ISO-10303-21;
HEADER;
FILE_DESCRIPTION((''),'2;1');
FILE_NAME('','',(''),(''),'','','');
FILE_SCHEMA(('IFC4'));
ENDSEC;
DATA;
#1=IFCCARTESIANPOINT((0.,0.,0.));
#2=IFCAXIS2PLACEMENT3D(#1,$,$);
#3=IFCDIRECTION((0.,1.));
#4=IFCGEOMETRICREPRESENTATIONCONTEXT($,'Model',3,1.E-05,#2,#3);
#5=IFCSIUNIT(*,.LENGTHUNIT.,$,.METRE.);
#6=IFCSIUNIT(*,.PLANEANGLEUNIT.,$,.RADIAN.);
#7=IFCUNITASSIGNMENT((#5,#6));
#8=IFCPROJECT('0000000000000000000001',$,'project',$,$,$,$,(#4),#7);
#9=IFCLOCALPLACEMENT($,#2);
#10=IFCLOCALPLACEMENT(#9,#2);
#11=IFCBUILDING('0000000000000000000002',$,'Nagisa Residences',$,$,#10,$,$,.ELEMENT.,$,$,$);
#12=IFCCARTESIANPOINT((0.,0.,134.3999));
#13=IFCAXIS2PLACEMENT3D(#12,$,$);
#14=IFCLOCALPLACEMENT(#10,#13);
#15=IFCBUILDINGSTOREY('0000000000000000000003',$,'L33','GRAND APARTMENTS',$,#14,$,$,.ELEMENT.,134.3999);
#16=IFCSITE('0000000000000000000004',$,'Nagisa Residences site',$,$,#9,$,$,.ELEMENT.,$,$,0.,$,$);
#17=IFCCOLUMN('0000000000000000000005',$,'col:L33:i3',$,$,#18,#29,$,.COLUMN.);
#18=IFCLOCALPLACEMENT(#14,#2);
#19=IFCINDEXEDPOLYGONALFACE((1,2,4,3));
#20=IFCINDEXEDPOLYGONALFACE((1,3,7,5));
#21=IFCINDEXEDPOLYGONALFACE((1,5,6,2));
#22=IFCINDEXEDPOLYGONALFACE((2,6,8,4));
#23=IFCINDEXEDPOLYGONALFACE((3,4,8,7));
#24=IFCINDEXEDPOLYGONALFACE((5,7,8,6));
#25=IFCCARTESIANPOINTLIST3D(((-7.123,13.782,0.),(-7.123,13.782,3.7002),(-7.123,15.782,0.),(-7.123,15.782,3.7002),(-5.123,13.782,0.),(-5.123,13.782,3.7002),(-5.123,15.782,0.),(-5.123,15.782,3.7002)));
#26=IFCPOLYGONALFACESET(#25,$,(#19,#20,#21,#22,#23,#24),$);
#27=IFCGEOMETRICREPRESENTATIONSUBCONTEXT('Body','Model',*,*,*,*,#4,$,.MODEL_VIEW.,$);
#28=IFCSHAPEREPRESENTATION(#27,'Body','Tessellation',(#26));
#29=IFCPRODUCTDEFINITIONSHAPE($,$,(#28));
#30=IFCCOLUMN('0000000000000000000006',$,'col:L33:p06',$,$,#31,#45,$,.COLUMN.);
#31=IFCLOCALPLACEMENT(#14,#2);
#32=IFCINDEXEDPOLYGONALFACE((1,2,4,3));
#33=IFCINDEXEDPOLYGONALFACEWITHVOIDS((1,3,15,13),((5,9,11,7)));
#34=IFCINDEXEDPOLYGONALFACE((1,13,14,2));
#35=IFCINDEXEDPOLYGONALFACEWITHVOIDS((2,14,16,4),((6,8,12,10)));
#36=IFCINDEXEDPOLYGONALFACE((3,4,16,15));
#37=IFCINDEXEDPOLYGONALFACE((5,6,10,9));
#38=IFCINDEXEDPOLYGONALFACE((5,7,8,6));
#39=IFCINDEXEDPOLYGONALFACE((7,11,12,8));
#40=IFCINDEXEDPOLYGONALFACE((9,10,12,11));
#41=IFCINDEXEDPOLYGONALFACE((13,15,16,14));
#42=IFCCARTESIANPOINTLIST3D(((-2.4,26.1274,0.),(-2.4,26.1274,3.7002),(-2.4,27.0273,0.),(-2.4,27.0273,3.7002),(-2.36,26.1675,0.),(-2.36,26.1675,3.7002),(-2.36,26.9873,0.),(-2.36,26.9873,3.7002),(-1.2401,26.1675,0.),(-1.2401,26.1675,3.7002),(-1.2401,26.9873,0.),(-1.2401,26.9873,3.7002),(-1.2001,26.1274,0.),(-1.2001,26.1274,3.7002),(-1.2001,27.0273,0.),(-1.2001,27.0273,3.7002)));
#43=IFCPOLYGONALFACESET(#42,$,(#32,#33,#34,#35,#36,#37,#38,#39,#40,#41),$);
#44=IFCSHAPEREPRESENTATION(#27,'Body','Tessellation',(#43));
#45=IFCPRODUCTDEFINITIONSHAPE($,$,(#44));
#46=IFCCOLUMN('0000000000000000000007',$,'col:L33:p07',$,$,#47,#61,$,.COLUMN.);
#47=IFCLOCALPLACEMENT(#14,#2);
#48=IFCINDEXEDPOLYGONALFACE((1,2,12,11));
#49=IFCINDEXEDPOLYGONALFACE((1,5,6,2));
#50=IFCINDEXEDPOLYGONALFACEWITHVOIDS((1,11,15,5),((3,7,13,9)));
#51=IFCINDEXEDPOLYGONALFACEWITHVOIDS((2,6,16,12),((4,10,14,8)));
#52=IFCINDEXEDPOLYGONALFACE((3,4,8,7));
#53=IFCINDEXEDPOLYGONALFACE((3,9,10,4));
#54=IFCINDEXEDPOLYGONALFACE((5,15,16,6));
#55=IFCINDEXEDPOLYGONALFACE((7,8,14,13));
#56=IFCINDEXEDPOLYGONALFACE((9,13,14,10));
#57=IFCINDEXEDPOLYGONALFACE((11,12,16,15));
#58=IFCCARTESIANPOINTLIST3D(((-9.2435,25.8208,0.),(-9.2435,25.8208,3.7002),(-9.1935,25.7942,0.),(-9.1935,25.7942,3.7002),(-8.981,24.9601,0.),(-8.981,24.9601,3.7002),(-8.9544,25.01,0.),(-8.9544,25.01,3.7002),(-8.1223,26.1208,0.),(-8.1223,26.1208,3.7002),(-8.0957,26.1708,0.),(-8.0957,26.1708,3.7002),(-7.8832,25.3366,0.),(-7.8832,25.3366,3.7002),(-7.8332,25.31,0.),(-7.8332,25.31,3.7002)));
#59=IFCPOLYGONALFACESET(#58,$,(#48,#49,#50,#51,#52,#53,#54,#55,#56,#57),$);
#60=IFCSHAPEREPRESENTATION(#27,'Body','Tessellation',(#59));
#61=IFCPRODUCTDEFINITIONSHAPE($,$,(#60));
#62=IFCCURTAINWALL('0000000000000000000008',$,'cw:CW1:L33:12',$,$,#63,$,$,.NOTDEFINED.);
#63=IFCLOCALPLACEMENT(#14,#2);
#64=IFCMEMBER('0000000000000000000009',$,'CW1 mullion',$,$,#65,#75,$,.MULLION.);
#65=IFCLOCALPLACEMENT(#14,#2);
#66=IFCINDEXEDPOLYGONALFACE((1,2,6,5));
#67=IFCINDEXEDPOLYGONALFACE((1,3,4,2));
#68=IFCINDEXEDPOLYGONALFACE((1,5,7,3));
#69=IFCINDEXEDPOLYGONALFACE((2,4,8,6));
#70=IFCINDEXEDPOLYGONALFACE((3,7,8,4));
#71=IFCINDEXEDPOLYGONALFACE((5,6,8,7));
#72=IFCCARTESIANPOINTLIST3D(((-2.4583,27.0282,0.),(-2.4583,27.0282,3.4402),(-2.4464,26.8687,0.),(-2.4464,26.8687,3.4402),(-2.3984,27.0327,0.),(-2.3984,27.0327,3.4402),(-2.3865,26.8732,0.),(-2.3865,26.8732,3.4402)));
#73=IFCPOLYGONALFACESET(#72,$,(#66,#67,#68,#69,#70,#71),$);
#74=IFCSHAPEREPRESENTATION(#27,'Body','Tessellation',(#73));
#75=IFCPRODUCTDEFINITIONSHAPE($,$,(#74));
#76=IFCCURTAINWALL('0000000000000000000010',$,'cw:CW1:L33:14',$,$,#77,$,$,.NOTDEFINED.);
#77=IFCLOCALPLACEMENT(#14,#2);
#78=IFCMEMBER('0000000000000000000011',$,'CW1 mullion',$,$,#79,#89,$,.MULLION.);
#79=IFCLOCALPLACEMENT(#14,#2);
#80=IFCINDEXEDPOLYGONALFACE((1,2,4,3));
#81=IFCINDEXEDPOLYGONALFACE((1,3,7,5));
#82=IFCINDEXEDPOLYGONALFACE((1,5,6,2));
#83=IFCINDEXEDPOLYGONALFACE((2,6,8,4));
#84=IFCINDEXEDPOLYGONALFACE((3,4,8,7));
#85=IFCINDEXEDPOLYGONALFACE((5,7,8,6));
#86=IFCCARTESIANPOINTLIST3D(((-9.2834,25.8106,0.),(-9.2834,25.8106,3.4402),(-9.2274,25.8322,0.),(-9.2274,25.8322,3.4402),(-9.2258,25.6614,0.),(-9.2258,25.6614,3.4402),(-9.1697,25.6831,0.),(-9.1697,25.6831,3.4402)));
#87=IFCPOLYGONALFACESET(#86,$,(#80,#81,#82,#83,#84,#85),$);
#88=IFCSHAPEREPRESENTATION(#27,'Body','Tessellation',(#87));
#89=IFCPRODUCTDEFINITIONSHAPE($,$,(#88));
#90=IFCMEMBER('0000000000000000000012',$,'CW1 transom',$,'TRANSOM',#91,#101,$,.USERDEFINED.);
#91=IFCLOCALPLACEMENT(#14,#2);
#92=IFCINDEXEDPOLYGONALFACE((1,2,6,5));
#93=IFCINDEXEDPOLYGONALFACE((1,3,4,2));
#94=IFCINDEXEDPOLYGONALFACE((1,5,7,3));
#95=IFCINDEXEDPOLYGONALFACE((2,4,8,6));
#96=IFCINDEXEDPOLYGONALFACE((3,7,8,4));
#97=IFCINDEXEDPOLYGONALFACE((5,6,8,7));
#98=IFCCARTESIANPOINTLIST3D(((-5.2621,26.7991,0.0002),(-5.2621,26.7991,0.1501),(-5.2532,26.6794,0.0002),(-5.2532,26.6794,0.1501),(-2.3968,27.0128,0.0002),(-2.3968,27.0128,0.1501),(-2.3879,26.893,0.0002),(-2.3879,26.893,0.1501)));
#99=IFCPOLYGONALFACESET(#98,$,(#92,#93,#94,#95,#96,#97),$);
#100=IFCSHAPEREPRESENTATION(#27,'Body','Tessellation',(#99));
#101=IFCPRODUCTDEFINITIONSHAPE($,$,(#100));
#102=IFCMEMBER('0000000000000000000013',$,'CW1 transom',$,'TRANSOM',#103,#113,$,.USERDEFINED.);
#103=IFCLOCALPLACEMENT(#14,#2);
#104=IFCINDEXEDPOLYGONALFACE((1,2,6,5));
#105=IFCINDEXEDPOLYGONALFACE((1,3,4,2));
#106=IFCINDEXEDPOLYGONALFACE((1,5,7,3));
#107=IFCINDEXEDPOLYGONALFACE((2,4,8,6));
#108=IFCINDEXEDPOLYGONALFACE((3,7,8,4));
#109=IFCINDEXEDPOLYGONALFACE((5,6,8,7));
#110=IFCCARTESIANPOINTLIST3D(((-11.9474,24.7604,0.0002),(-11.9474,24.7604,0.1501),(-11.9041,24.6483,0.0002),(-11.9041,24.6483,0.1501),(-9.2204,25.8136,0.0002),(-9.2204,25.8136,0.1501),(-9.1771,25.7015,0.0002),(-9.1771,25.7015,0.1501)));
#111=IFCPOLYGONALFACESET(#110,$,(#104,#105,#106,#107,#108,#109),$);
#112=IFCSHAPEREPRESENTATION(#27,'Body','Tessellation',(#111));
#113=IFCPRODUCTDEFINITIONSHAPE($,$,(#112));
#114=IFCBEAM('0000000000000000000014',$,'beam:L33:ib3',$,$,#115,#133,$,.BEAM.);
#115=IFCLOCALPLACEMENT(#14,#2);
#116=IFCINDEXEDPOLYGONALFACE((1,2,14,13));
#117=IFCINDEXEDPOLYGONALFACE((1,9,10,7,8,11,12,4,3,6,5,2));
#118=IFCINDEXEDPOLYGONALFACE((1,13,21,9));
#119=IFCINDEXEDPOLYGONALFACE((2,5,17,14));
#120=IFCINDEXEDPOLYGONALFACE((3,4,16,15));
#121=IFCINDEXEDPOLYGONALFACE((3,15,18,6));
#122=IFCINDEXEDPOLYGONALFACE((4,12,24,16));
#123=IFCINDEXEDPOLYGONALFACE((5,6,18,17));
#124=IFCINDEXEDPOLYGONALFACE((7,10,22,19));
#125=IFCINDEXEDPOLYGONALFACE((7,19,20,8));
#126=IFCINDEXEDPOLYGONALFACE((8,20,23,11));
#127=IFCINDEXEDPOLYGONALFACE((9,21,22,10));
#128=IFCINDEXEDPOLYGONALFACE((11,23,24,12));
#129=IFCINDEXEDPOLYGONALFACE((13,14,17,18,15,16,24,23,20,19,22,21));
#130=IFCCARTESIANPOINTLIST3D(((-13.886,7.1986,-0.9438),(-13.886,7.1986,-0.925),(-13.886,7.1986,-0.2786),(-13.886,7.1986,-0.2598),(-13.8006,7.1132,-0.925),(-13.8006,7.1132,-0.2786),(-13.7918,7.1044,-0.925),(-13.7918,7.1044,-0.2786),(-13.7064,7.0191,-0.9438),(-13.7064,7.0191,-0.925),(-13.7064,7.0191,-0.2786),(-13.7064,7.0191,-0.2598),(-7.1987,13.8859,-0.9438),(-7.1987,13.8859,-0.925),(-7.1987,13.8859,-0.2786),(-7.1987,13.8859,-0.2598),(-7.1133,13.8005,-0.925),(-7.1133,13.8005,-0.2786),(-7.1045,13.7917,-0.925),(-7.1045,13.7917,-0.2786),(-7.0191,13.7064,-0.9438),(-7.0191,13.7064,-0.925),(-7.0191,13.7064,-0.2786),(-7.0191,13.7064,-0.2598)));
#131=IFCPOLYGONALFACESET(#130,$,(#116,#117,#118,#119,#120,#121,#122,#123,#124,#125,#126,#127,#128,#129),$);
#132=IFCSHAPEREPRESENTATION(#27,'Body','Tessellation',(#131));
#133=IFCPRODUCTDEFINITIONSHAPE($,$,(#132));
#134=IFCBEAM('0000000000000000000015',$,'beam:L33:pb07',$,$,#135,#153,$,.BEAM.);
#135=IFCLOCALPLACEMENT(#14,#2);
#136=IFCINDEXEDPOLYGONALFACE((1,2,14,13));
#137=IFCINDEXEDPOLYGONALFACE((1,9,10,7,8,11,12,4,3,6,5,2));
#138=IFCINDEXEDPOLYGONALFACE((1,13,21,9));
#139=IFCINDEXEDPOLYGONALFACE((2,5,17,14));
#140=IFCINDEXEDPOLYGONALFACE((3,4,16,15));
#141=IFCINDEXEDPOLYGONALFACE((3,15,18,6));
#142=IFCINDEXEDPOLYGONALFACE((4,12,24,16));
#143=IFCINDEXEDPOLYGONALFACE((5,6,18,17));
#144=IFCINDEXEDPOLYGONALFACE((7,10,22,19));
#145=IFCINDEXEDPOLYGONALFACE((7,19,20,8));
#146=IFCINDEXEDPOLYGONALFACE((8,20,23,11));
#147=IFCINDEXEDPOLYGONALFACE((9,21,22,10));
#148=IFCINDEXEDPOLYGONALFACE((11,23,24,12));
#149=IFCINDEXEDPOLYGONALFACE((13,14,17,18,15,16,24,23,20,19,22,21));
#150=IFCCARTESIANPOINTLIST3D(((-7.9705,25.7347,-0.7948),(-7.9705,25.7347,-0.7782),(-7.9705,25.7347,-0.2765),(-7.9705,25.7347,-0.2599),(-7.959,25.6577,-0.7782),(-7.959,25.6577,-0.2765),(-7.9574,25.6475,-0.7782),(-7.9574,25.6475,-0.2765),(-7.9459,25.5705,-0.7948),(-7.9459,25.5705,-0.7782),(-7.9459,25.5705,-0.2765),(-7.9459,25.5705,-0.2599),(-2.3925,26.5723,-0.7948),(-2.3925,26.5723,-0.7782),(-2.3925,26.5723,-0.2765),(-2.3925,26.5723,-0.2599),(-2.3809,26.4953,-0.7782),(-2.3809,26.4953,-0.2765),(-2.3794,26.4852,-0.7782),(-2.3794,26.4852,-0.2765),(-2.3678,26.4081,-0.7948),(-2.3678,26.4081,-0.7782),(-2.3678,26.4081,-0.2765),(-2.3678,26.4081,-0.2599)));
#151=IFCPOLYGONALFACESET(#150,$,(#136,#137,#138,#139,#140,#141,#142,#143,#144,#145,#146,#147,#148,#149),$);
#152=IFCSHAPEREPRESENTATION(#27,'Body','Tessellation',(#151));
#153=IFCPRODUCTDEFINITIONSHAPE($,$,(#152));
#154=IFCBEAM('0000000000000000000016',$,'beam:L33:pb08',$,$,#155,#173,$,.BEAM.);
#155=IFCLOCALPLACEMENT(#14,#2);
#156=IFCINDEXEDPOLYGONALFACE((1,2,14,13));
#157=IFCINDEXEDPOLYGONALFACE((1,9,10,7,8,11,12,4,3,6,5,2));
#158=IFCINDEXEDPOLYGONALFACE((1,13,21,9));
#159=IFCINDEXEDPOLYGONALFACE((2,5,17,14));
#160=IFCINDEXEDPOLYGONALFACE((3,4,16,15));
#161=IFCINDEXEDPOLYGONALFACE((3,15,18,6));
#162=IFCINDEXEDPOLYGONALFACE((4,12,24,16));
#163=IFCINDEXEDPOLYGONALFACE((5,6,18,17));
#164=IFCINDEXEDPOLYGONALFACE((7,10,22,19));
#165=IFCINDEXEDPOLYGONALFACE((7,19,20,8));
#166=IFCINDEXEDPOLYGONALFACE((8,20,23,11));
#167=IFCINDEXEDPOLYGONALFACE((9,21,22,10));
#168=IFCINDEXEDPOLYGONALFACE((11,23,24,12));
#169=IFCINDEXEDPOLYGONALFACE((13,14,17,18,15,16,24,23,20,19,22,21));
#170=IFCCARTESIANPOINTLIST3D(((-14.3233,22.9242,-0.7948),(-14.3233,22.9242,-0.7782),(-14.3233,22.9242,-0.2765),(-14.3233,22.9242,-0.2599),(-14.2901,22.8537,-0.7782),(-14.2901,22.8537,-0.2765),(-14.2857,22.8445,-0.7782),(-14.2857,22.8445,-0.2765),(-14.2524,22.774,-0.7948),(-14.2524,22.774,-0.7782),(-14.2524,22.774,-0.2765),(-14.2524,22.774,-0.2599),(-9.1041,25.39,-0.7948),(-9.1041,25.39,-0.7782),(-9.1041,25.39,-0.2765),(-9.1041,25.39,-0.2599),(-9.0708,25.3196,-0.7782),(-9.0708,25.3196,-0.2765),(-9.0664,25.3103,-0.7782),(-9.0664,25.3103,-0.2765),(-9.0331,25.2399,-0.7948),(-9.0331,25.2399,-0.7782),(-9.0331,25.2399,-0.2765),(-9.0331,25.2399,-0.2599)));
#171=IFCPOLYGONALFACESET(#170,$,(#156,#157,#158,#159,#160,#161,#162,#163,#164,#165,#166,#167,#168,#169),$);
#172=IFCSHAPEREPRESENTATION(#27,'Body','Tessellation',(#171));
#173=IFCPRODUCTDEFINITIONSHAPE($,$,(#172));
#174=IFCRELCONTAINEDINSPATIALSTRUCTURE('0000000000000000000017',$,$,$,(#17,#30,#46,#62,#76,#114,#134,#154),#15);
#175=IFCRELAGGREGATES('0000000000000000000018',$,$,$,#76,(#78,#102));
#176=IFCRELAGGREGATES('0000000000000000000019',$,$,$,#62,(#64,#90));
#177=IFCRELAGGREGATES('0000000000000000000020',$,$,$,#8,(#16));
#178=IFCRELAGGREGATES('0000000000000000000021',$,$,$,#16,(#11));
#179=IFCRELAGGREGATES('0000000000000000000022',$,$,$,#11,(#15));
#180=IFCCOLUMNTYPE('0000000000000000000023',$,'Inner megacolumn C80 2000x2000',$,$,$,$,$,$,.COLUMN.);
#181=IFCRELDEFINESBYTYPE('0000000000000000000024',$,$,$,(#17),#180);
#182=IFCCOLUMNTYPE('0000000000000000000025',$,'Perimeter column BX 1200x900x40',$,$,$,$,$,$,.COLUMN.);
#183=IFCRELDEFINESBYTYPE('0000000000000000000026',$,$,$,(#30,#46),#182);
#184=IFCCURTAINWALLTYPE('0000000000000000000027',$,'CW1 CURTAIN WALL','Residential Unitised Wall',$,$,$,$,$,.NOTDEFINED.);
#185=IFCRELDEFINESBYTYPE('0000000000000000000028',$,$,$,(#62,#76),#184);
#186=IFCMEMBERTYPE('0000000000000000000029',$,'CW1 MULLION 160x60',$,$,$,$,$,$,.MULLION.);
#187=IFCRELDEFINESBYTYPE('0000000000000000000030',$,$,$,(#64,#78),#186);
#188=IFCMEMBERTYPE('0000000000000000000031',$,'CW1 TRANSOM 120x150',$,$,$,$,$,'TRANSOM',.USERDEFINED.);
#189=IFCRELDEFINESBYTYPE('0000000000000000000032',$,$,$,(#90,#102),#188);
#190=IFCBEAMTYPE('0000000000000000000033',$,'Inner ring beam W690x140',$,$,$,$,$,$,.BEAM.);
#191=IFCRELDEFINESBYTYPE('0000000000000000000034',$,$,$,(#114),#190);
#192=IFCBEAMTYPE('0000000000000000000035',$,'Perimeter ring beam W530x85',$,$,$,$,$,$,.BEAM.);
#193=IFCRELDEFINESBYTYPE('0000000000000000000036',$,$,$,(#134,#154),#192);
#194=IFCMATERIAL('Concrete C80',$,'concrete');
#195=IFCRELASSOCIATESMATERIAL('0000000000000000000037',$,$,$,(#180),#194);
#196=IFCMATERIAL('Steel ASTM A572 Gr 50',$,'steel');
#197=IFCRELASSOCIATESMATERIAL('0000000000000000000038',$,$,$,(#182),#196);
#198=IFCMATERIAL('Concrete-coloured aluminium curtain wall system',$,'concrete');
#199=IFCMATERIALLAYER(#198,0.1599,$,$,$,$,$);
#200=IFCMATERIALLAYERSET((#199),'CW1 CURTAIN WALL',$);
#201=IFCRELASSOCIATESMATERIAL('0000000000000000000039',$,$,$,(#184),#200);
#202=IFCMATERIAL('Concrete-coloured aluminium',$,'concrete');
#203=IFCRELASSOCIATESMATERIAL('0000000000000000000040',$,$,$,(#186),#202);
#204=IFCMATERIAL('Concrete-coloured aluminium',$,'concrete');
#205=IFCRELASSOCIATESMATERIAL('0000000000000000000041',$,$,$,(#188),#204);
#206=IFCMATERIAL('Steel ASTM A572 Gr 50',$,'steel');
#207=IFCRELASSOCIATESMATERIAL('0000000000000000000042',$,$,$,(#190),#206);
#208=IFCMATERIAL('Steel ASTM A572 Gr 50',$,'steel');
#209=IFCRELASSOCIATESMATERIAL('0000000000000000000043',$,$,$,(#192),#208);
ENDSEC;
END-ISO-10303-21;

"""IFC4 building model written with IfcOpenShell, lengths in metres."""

from ifc_helpers import new_model, si_unit, direction, frame, origin, origin_2d, place, context, subcontext, project, spatial, rectangle, hollow_rectangle, i_section, extrude, material, layer, layer_set, material_profile, profile_set, type_object, element, aggregate, save


model = new_model("IFC4")

# Units and contexts
model_context = context("Model", 3, precision=1e-05, world=origin(), true_north=direction((0.0, 1.0)))
body_context = subcontext(model_context, "Body", "Model", "MODEL_VIEW")
ifc_project = project(units=[si_unit("LENGTHUNIT", "METRE"), si_unit("PLANEANGLEUNIT", "RADIAN")], contexts=[model_context])

# Site, building, storey
site_placement = place(None, origin())
site = spatial("IfcSite", under=ifc_project, at=site_placement, Name="Nagisa Residences site", CompositionType="ELEMENT", RefElevation=0.0)
building_placement = place(site_placement, origin())
building = spatial("IfcBuilding", under=site, at=building_placement, Name="Nagisa Residences", CompositionType="ELEMENT")
storey_placement = place(building_placement, frame((0.0, 0.0, 134.3999)))
storey = spatial("IfcBuildingStorey", under=building, at=storey_placement, Name="L33", Description="GRAND APARTMENTS", CompositionType="ELEMENT", Elevation=134.3999)

# Columns
ifc_material_1 = material(Name="Concrete C80", Category="concrete")
ifc_material_profile_1 = material_profile(ifc_material_1, rectangle(XDim=2.0, YDim=2.0, at=origin_2d()), Name="C80 2000x2000")
ifc_profile_set_1 = profile_set([ifc_material_profile_1], Name="Concrete C80")
column_type_1 = type_object("IfcColumnType", Name="Inner megacolumn C80 2000x2000", PredefinedType="COLUMN", material=ifc_profile_set_1)
column_placement = place(storey_placement, frame((-6.123, 14.782, 0.0), z_axis=(0.0, 0.0, 1.0), x_axis=(1.0, 0.0, 0.0)))
element("IfcColumn", 1, at=column_placement, inside=storey, type_object=column_type_1, Name="col:L33:i3", PredefinedType="COLUMN", context=body_context, shape_type="SweptSolid", body=[
    extrude(rectangle(XDim=2.0, YDim=2.0, at=origin_2d()), origin(), (0.0, 0.0, 1.0), 3.7002),
])
ifc_material_2 = material(Name="Steel ASTM A572 Gr 50", Category="steel")
ifc_material_profile_2 = material_profile(ifc_material_2, hollow_rectangle(XDim=1.2, YDim=0.8999, WallThickness=0.04, at=origin_2d()), Name="BX 1200x900x40")
ifc_profile_set_2 = profile_set([ifc_material_profile_2], Name="Steel ASTM A572 Gr 50")
column_type_2 = type_object("IfcColumnType", Name="Perimeter column BX 1200x900x40", PredefinedType="COLUMN", material=ifc_profile_set_2)
for number, where, z_axis, x_axis, name in (
    (2, (-1.8, 26.5774, 0.0), (0.0, 0.0, 1.0), (-1.0, 0.0, 0.0), "col:L33:p06"),
    (3, (-8.5383, 25.5654, 0.0), (0.0, 0.0, 1.0), (-0.956525, -0.291652, 0.0), "col:L33:p07"),
):
    element("IfcColumn", number, at=place(storey_placement, frame(where, z_axis=z_axis, x_axis=x_axis)), inside=storey, type_object=column_type_2, Name=name, PredefinedType="COLUMN", context=body_context, shape_type="SweptSolid", body=[
        extrude(hollow_rectangle(XDim=1.2, YDim=0.8999, WallThickness=0.04, at=origin_2d()), origin(), (0.0, 0.0, 1.0), 3.7002),
    ])

# Curtain walls, members
ifc_material_3 = material(Name="Concrete-coloured aluminium curtain wall system", Category="concrete")
ifc_layer_1 = layer(ifc_material_3, 0.1599)
ifc_layer_set_1 = layer_set([ifc_layer_1], Name="CW1 CURTAIN WALL")
curtain_wall_type = type_object("IfcCurtainWallType", Name="CW1 CURTAIN WALL", Description="Residential Unitised Wall", PredefinedType="NOTDEFINED", material=ifc_layer_set_1)
curtain_wall_1_placement = place(storey_placement, origin())
curtain_wall_1 = element("IfcCurtainWall", 4, at=curtain_wall_1_placement, inside=storey, type_object=curtain_wall_type, Name="cw:CW1:L33:12", PredefinedType="NOTDEFINED")
ifc_material_4 = material(Name="Concrete-coloured aluminium", Category="concrete")
ifc_material_profile_3 = material_profile(ifc_material_4, rectangle(XDim=0.1599, YDim=0.0601, at=origin_2d()), Name="CW1 MULLION 160x60")
ifc_profile_set_3 = profile_set([ifc_material_profile_3], Name="Concrete-coloured aluminium")
member_type_1 = type_object("IfcMemberType", Name="CW1 MULLION 160x60", PredefinedType="MULLION", material=ifc_profile_set_3)
member_1_placement = place(storey_placement, frame((-2.4224, 26.9507, 0.0), z_axis=(0.0, 0.0, 1.0), x_axis=(0.074377, -0.99723, 0.0)))
member_1 = element("IfcMember", 5, at=member_1_placement, type_object=member_type_1, Name="CW1 mullion", PredefinedType="MULLION", context=body_context, shape_type="SweptSolid", body=[
    extrude(rectangle(XDim=0.1599, YDim=0.0601, at=origin_2d()), origin(), (0.0, 0.0, 1.0), 3.4402),
])
curtain_wall_2_placement = place(storey_placement, origin())
curtain_wall_2 = element("IfcCurtainWall", 6, at=curtain_wall_2_placement, inside=storey, type_object=curtain_wall_type, Name="cw:CW1:L33:14", PredefinedType="NOTDEFINED")
member_2_placement = place(storey_placement, frame((-9.2266, 25.7468, 0.0), z_axis=(0.0, 0.0, 1.0), x_axis=(0.360328, -0.932826, 0.0)))
member_2 = element("IfcMember", 7, at=member_2_placement, type_object=member_type_1, Name="CW1 mullion", PredefinedType="MULLION", context=body_context, shape_type="SweptSolid", body=[
    extrude(rectangle(XDim=0.1599, YDim=0.0601, at=origin_2d()), origin(), (0.0, 0.0, 1.0), 3.4402),
])

# Members
ifc_material_5 = material(Name="Concrete-coloured aluminium", Category="concrete")
ifc_material_profile_4 = material_profile(ifc_material_5, rectangle(XDim=0.1201, YDim=0.1499, at=origin_2d()), Name="CW1 TRANSOM 120x150")
ifc_profile_set_4 = profile_set([ifc_material_profile_4], Name="Concrete-coloured aluminium")
member_type_2 = type_object("IfcMemberType", Name="CW1 TRANSOM 120x150", ElementType="TRANSOM", PredefinedType="USERDEFINED", material=ifc_profile_set_4)
member_3_placement = place(storey_placement, frame((-2.3923, 26.9529, 0.0752), z_axis=(-0.997232, -0.074351, 0.0), x_axis=(0.074351, -0.997232, 0.0)))
member_3 = element("IfcMember", 8, at=member_3_placement, type_object=member_type_2, Name="CW1 transom", ObjectType="TRANSOM", PredefinedType="USERDEFINED", context=body_context, shape_type="SweptSolid", body=[
    extrude(rectangle(XDim=0.1201, YDim=0.1499, at=origin_2d()), origin(), (0.0, 0.0, 1.0), 2.8733),
])
member_4_placement = place(storey_placement, frame((-9.1987, 25.7576, 0.0752), z_axis=(-0.932845, -0.360277, 0.0), x_axis=(0.360277, -0.932845, 0.0)))
member_4 = element("IfcMember", 9, at=member_4_placement, type_object=member_type_2, Name="CW1 transom", ObjectType="TRANSOM", PredefinedType="USERDEFINED", context=body_context, shape_type="SweptSolid", body=[
    extrude(rectangle(XDim=0.1201, YDim=0.1499, at=origin_2d()), origin(), (0.0, 0.0, 1.0), 2.9233),
])
aggregate(curtain_wall_2, [member_2, member_4])

# Beams
ifc_material_6 = material(Name="Steel ASTM A572 Gr 50", Category="steel")
ifc_material_profile_5 = material_profile(ifc_material_6, i_section(OverallWidth=0.2539, OverallDepth=0.6841, WebThickness=0.0125, FlangeThickness=0.0188, at=origin_2d()), Name="W690x140")
ifc_profile_set_5 = profile_set([ifc_material_profile_5], Name="Steel ASTM A572 Gr 50")
beam_type_1 = type_object("IfcBeamType", Name="Inner ring beam W690x140", PredefinedType="BEAM", material=ifc_profile_set_5)
beam_1_placement = place(storey_placement, frame((-7.1089, 13.7961, -0.6018), z_axis=(-0.707107, -0.707107, 0.0), x_axis=(0.707107, -0.707107, 0.0)))
element("IfcBeam", 10, at=beam_1_placement, inside=storey, type_object=beam_type_1, Name="beam:L33:ib3", PredefinedType="BEAM", context=body_context, shape_type="SweptSolid", body=[
    extrude(i_section(OverallWidth=0.2539, OverallDepth=0.6841, WebThickness=0.0125, FlangeThickness=0.0188, at=origin_2d()), origin(), (0.0, 0.0, 1.0), 9.4573),
])
ifc_material_7 = material(Name="Steel ASTM A572 Gr 50", Category="steel")
ifc_material_profile_6 = material_profile(ifc_material_7, i_section(OverallWidth=0.166, OverallDepth=0.5349, WebThickness=0.0103, FlangeThickness=0.0166, at=origin_2d()), Name="W530x85")
ifc_profile_set_6 = profile_set([ifc_material_profile_6], Name="Steel ASTM A572 Gr 50")
beam_type_2 = type_object("IfcBeamType", Name="Perimeter ring beam W530x85", PredefinedType="BEAM", material=ifc_profile_set_6)
beam_2_placement = place(storey_placement, frame((-2.3801, 26.4902, -0.5273), z_axis=(-0.988912, -0.148501, 0.0), x_axis=(0.148501, -0.988912, 0.0)))
element("IfcBeam", 11, at=beam_2_placement, inside=storey, type_object=beam_type_2, Name="beam:L33:pb07", PredefinedType="BEAM", context=body_context, shape_type="SweptSolid", body=[
    extrude(i_section(OverallWidth=0.166, OverallDepth=0.5349, WebThickness=0.0103, FlangeThickness=0.0166, at=origin_2d()), origin(), (0.0, 0.0, 1.0), 5.6406),
])
beam_3_placement = place(storey_placement, frame((-9.0686, 25.3149, -0.5273), z_axis=(-0.90417, -0.427173, 0.0), x_axis=(0.427173, -0.90417, 0.0)))
element("IfcBeam", 12, at=beam_3_placement, inside=storey, type_object=beam_type_2, Name="beam:L33:pb08", PredefinedType="BEAM", context=body_context, shape_type="SweptSolid", body=[
    extrude(i_section(OverallWidth=0.166, OverallDepth=0.5349, WebThickness=0.0103, FlangeThickness=0.0166, at=origin_2d()), origin(), (0.0, 0.0, 1.0), 5.7725),
])

aggregate(curtain_wall_1, [member_1, member_3])

save(model, "model.ifc")
